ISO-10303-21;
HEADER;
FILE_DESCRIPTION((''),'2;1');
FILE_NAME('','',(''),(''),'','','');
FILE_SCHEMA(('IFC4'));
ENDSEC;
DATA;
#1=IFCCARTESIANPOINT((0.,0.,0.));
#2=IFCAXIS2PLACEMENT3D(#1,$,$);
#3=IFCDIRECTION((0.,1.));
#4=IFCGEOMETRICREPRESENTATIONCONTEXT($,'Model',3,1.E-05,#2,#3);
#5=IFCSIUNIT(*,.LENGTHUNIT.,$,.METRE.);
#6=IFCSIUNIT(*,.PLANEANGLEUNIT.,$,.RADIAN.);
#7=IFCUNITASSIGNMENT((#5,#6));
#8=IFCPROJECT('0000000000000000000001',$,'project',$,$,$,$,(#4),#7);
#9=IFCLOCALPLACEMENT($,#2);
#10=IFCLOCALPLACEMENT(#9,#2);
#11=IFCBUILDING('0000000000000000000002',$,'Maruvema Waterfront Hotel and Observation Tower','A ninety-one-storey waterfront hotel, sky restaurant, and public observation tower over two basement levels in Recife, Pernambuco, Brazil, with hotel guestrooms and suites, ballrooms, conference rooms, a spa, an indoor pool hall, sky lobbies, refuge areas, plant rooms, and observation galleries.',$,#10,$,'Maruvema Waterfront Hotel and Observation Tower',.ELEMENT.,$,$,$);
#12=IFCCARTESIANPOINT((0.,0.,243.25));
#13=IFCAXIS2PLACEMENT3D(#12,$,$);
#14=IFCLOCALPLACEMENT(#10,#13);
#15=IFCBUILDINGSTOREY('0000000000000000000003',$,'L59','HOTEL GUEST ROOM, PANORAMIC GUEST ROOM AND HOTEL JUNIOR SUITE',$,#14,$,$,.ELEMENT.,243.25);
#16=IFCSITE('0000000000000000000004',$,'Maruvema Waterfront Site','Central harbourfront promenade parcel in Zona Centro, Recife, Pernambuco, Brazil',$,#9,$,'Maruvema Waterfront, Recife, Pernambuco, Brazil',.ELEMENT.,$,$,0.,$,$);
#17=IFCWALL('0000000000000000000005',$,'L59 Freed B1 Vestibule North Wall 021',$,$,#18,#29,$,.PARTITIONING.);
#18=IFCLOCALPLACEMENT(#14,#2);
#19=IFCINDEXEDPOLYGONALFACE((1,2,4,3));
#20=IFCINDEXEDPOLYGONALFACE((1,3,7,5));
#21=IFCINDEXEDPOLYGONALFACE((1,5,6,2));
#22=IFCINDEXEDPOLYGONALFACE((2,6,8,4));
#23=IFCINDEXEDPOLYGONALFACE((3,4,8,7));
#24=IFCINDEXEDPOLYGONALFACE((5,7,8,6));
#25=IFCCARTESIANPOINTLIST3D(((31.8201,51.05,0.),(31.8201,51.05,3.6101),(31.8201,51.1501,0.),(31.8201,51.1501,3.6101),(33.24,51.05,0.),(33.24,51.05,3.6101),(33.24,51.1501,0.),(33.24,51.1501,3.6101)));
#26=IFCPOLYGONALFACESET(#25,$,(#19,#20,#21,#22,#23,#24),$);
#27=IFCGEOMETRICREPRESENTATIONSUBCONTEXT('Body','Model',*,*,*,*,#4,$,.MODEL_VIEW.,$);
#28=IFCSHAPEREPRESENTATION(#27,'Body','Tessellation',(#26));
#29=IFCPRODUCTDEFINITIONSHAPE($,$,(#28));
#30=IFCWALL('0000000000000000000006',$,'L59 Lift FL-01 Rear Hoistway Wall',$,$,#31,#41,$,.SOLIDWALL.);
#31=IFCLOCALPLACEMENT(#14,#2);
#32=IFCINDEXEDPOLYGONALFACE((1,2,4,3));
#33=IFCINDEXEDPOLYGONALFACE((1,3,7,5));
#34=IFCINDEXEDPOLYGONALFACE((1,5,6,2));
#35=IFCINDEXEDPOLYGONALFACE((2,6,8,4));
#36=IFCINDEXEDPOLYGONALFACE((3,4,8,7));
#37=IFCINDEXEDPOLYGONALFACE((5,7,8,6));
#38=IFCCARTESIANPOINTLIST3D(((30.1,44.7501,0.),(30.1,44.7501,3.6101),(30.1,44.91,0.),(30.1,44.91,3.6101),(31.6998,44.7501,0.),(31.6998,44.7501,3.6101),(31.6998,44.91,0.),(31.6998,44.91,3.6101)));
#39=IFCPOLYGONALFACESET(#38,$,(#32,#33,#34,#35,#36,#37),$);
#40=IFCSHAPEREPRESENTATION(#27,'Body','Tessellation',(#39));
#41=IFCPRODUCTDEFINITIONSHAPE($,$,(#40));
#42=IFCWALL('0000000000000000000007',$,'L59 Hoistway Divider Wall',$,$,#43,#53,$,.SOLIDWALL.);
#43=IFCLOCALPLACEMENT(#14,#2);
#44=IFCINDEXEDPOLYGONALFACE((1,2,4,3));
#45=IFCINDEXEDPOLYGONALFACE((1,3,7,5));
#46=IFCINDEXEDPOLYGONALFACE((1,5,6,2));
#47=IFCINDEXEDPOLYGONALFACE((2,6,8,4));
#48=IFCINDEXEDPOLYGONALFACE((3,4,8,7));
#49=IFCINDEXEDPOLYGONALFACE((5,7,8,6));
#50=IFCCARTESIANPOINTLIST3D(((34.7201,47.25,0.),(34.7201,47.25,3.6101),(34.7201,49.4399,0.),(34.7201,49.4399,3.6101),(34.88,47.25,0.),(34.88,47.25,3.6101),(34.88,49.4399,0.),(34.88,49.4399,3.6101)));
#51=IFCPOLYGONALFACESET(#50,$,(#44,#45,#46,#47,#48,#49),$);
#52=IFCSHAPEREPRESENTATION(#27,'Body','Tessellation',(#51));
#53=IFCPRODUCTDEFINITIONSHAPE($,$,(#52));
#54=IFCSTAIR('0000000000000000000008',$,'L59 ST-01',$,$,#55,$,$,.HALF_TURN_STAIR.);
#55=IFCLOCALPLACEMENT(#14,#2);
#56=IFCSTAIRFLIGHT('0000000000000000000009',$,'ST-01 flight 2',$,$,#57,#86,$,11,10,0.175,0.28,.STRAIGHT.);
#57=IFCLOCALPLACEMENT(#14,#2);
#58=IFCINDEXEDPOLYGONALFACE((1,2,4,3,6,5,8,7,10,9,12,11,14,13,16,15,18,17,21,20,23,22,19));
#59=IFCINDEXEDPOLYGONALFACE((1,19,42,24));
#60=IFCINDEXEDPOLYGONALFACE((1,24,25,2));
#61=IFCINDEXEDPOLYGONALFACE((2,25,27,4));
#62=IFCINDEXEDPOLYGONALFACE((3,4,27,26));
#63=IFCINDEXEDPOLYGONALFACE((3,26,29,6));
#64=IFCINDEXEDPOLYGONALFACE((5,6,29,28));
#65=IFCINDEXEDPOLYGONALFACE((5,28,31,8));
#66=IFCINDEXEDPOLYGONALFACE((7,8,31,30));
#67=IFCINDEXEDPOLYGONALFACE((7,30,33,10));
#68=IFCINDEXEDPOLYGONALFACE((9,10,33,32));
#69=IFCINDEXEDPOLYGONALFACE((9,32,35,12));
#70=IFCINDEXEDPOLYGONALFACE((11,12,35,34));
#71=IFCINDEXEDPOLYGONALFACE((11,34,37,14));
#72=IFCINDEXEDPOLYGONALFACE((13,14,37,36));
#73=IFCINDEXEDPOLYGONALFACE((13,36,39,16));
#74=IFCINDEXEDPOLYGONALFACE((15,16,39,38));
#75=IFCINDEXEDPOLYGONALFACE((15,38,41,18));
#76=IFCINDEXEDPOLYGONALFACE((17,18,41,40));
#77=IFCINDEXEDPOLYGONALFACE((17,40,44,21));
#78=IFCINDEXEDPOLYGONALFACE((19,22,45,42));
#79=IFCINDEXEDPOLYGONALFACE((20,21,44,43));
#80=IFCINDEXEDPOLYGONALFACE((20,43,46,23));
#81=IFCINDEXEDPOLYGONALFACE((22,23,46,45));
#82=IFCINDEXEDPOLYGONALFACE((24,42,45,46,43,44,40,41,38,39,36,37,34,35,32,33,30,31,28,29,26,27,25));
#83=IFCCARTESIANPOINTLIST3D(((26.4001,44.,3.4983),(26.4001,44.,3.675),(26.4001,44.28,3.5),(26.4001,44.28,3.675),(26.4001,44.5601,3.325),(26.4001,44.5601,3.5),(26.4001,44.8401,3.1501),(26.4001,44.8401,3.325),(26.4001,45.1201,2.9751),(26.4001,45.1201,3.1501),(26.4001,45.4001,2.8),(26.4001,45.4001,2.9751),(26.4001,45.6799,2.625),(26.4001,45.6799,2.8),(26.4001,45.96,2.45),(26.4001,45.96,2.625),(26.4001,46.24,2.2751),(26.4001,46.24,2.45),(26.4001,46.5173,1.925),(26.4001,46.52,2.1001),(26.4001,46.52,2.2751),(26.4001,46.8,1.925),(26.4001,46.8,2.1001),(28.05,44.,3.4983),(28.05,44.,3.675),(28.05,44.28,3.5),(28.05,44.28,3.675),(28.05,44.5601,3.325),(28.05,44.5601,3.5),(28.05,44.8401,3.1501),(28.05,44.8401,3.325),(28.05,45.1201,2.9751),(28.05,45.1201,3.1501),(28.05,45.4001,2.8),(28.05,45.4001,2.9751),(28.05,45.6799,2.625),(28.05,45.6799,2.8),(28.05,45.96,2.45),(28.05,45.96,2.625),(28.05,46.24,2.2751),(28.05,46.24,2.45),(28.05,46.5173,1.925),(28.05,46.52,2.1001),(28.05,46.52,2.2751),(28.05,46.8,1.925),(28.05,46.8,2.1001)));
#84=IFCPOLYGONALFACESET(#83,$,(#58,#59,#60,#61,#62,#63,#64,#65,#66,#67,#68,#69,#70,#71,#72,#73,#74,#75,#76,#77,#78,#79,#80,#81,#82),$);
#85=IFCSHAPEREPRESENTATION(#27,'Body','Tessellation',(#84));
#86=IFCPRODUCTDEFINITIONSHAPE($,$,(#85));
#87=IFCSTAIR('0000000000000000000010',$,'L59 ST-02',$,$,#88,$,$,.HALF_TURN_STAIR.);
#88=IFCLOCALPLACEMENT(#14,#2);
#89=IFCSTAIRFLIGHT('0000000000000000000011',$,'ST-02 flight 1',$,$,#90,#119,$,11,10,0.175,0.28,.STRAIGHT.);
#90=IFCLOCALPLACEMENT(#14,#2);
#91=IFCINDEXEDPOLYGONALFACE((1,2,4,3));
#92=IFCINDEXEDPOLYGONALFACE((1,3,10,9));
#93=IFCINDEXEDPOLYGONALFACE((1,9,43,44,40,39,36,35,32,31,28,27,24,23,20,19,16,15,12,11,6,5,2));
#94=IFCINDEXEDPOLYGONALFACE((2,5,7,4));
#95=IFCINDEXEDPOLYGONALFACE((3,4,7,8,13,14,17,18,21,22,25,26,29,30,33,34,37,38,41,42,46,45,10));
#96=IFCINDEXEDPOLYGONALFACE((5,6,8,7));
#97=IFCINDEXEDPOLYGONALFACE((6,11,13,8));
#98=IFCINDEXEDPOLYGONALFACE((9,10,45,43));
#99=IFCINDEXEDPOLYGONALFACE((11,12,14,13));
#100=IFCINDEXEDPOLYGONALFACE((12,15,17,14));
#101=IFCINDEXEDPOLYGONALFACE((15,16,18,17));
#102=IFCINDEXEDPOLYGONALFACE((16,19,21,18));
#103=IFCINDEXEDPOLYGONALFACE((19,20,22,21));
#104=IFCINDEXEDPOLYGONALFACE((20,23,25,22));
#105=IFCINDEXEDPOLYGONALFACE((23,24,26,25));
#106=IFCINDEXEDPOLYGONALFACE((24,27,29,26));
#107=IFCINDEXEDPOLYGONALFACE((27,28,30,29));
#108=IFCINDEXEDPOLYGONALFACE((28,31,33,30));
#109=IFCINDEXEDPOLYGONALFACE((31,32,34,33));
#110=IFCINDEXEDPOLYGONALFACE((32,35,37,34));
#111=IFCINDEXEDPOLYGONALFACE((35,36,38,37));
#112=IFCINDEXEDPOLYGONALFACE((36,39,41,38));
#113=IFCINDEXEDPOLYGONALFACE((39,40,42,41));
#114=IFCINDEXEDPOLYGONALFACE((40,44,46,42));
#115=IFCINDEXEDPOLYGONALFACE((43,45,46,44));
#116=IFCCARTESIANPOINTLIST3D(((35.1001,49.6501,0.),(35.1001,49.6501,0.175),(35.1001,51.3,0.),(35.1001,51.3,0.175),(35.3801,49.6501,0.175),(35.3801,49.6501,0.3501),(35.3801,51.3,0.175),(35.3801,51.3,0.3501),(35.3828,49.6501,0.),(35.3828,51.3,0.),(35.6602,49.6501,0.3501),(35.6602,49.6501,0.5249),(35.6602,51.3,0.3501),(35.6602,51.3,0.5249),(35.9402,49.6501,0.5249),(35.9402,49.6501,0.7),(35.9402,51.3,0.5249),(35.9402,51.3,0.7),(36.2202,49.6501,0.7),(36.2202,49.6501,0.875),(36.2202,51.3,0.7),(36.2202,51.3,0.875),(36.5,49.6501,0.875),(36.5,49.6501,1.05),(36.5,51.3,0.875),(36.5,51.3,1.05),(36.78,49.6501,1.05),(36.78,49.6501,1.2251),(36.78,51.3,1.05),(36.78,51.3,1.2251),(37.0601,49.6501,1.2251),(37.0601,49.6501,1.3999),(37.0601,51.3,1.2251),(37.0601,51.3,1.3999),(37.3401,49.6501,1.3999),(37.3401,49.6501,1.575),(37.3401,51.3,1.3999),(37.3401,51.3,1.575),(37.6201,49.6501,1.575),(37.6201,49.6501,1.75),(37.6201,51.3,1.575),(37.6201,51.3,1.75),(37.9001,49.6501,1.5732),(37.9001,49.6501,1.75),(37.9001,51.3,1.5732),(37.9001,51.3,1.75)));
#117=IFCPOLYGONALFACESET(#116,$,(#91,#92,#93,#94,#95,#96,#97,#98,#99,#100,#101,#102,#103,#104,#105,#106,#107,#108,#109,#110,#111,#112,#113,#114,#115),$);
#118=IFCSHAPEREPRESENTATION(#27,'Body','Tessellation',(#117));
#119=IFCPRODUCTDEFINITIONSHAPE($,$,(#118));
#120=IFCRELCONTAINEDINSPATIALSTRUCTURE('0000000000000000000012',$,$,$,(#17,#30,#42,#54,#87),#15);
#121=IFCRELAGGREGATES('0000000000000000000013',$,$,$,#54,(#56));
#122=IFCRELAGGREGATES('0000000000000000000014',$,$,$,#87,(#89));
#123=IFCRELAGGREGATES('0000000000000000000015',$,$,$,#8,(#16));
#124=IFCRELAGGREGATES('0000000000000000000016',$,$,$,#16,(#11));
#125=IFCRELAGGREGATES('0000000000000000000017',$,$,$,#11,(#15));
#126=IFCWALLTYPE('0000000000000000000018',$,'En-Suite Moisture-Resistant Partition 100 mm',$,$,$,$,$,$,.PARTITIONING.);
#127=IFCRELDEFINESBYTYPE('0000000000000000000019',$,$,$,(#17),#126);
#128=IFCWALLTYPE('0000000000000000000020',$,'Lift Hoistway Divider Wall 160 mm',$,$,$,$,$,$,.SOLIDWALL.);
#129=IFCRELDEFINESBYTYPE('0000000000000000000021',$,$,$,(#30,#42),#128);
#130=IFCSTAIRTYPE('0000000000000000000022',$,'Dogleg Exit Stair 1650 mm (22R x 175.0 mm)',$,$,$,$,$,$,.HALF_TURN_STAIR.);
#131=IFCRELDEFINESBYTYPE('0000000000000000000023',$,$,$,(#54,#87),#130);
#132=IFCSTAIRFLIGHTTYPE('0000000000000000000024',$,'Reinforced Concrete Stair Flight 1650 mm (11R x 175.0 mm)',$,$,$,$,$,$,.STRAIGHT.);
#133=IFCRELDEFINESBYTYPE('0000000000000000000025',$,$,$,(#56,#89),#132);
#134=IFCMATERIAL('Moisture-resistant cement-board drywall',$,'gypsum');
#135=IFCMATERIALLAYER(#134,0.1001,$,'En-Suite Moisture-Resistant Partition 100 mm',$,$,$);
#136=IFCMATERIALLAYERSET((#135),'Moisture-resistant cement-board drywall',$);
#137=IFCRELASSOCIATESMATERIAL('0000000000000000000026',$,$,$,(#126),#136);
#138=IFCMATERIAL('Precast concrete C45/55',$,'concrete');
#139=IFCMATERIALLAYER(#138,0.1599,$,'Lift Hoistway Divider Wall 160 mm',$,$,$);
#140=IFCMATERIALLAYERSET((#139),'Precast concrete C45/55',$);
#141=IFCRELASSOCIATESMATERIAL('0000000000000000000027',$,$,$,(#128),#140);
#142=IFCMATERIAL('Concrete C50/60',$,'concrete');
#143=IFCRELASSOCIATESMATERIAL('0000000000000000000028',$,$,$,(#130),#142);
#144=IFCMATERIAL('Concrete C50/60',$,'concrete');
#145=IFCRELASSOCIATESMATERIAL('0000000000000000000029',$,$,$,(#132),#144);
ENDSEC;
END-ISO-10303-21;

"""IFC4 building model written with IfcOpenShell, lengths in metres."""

from ifc_helpers import new_model, si_unit, direction, frame, frame_2d, origin, place, context, subcontext, project, spatial, polyline, rectangle, outline, extrude, material, layer, layer_set, type_object, element, aggregate, save


model = new_model("IFC4")

# Units and contexts
model_context = context("Model", 3, precision=1e-05, world=origin(), true_north=direction((0.0, 1.0)))
body_context = subcontext(model_context, "Body", "Model", "MODEL_VIEW")
ifc_project = project(units=[si_unit("LENGTHUNIT", "METRE"), si_unit("PLANEANGLEUNIT", "RADIAN")], contexts=[model_context])

# Site, building, storey
site_placement = place(None, origin())
site = spatial("IfcSite", under=ifc_project, at=site_placement, Name="Maruvema Waterfront Site", Description="Central harbourfront promenade parcel in Zona Centro, Recife, Pernambuco, Brazil", LongName="Maruvema Waterfront, Recife, Pernambuco, Brazil", CompositionType="ELEMENT", RefElevation=0.0)
building_placement = place(site_placement, origin())
building = spatial("IfcBuilding", under=site, at=building_placement, Name="Maruvema Waterfront Hotel and Observation Tower", Description="A ninety-one-storey waterfront hotel, sky restaurant, and public observation tower over two basement levels in Recife, Pernambuco, Brazil, with hotel guestrooms and suites, ballrooms, conference rooms, a spa, an indoor pool hall, sky lobbies, refuge areas, plant rooms, and observation galleries.", LongName="Maruvema Waterfront Hotel and Observation Tower", CompositionType="ELEMENT")
storey_placement = place(building_placement, frame((0.0, 0.0, 243.25)))
storey = spatial("IfcBuildingStorey", under=building, at=storey_placement, Name="L59", Description="HOTEL GUEST ROOM, PANORAMIC GUEST ROOM AND HOTEL JUNIOR SUITE", CompositionType="ELEMENT", Elevation=243.25)

# Shared definitions
ifc_material_1 = material(Name="Moisture-resistant cement-board drywall", Category="gypsum")
ifc_layer_1 = layer(ifc_material_1, 0.1001, Name="En-Suite Moisture-Resistant Partition 100 mm")
ifc_layer_set_1 = layer_set([ifc_layer_1], Name="Moisture-resistant cement-board drywall")
wall_type_1 = type_object("IfcWallType", Name="En-Suite Moisture-Resistant Partition 100 mm", PredefinedType="PARTITIONING", material=ifc_layer_set_1)

# Walls
wall_1_placement = place(storey_placement, frame((31.8201, 51.1001, 0.0), z_axis=(0.0, 0.0, 1.0), x_axis=(1.0, 0.0, 0.0)))
element("IfcWall", 1, at=wall_1_placement, inside=storey, type_object=wall_type_1, Name="L59 Freed B1 Vestibule North Wall 021", PredefinedType="PARTITIONING", context=body_context, shape_type="SweptSolid", body=[
    extrude(rectangle(XDim=1.4199, YDim=0.1001, at=frame_2d((0.71, 0.0))), origin(), (0.0, 0.0, 1.0), 3.6101),
])
ifc_material_2 = material(Name="Precast concrete C45/55", Category="concrete")
ifc_layer_2 = layer(ifc_material_2, 0.1599, Name="Lift Hoistway Divider Wall 160 mm")
ifc_layer_set_2 = layer_set([ifc_layer_2], Name="Precast concrete C45/55")
wall_type_2 = type_object("IfcWallType", Name="Lift Hoistway Divider Wall 160 mm", PredefinedType="SOLIDWALL", material=ifc_layer_set_2)
wall_2_placement = place(storey_placement, frame((30.1001, 44.8301, 0.0), z_axis=(0.0, 0.0, 1.0), x_axis=(1.0, 0.0, 0.0)))
element("IfcWall", 2, at=wall_2_placement, inside=storey, type_object=wall_type_2, Name="L59 Lift FL-01 Rear Hoistway Wall", PredefinedType="SOLIDWALL", context=body_context, shape_type="SweptSolid", body=[
    extrude(rectangle(XDim=1.5999, YDim=0.1599, at=frame_2d((0.7998, 0.0))), origin(), (0.0, 0.0, 1.0), 3.6101),
])
wall_3_placement = place(storey_placement, frame((34.8, 47.25, 0.0), z_axis=(0.0, 0.0, 1.0), x_axis=(0.0, 1.0, 0.0)))
element("IfcWall", 3, at=wall_3_placement, inside=storey, type_object=wall_type_2, Name="L59 Hoistway Divider Wall", PredefinedType="SOLIDWALL", context=body_context, shape_type="SweptSolid", body=[
    extrude(rectangle(XDim=2.1899, YDim=0.1599, at=frame_2d((1.095, 0.0))), origin(), (0.0, 0.0, 1.0), 3.6101),
])

# Stairs, stair flights
ifc_material_3 = material(Name="Concrete C50/60", Category="concrete")
stair_type = type_object("IfcStairType", Name="Dogleg Exit Stair 1650 mm (22R x 175.0 mm)", PredefinedType="HALF_TURN_STAIR", material=ifc_material_3)
stair_1_placement = place(storey_placement, origin())
stair_1 = element("IfcStair", 4, at=stair_1_placement, inside=storey, type_object=stair_type, Name="L59 ST-01", PredefinedType="HALF_TURN_STAIR")
ifc_material_4 = material(Name="Concrete C50/60", Category="concrete")
stair_flight_type = type_object("IfcStairFlightType", Name="Reinforced Concrete Stair Flight 1650 mm (11R x 175.0 mm)", PredefinedType="STRAIGHT", material=ifc_material_4)
stair_flight_1_placement = place(storey_placement, frame((27.2251, 46.8, 1.925), z_axis=(0.0, 0.0, 1.0), x_axis=(0.0, -1.0, 0.0)))
stair_flight_1 = element("IfcStairFlight", 5, at=stair_flight_1_placement, type_object=stair_flight_type, Name="ST-01 flight 2", NumberOfRisers=11, NumberOfTreads=10, PredefinedType="STRAIGHT", RiserHeight=0.175, TreadLength=0.28, context=body_context, shape_type="SweptSolid", body=[
    extrude(outline(polyline([(0.0, 0.0), (0.0, 0.175), (0.28, 0.175), (0.28, 0.3501), (0.5601, 0.3501), (0.5601, 0.5249), (0.8401, 0.5249), (0.8401, 0.7), (1.1201, 0.7), (1.1201, 0.875), (1.3999, 0.875), (1.3999, 1.05), (1.6799, 1.05), (1.6799, 1.2251), (1.96, 1.2251), (1.96, 1.3999), (2.24, 1.3999), (2.24, 1.575), (2.52, 1.575), (2.52, 1.75), (2.8, 1.75), (2.8, 1.925), (2.8, 1.5732), (0.2827, 0.0), (0.0, 0.0)])), frame((0.0, 0.825, 0.0), z_axis=(0.0, -1.0, 0.0), x_axis=(1.0, 0.0, 0.0)), (0.0, 0.0, 1.0), 1.6499),
])
aggregate(stair_1, [stair_flight_1])
stair_2_placement = place(storey_placement, origin())
stair_2 = element("IfcStair", 6, at=stair_2_placement, inside=storey, type_object=stair_type, Name="L59 ST-02", PredefinedType="HALF_TURN_STAIR")
stair_flight_2_placement = place(storey_placement, frame((35.1001, 50.4751, 0.0), z_axis=(0.0, 0.0, 1.0), x_axis=(1.0, 0.0, 0.0)))
stair_flight_2 = element("IfcStairFlight", 7, at=stair_flight_2_placement, type_object=stair_flight_type, Name="ST-02 flight 1", NumberOfRisers=11, NumberOfTreads=10, PredefinedType="STRAIGHT", RiserHeight=0.175, TreadLength=0.28, context=body_context, shape_type="SweptSolid", body=[
    extrude(outline(polyline([(0.0, 0.0), (0.0, 0.175), (0.28, 0.175), (0.28, 0.3501), (0.5601, 0.3501), (0.5601, 0.5249), (0.8401, 0.5249), (0.8401, 0.7), (1.1201, 0.7), (1.1201, 0.875), (1.3999, 0.875), (1.3999, 1.05), (1.6799, 1.05), (1.6799, 1.2251), (1.96, 1.2251), (1.96, 1.3999), (2.24, 1.3999), (2.24, 1.575), (2.52, 1.575), (2.52, 1.75), (2.8, 1.75), (2.8, 1.925), (2.8, 1.5732), (0.2827, 0.0), (0.0, 0.0)])), frame((0.0, 0.825, 0.0), z_axis=(0.0, -1.0, 0.0), x_axis=(1.0, 0.0, 0.0)), (0.0, 0.0, 1.0), 1.6499),
])
aggregate(stair_2, [stair_flight_2])

save(model, "model.ifc")
